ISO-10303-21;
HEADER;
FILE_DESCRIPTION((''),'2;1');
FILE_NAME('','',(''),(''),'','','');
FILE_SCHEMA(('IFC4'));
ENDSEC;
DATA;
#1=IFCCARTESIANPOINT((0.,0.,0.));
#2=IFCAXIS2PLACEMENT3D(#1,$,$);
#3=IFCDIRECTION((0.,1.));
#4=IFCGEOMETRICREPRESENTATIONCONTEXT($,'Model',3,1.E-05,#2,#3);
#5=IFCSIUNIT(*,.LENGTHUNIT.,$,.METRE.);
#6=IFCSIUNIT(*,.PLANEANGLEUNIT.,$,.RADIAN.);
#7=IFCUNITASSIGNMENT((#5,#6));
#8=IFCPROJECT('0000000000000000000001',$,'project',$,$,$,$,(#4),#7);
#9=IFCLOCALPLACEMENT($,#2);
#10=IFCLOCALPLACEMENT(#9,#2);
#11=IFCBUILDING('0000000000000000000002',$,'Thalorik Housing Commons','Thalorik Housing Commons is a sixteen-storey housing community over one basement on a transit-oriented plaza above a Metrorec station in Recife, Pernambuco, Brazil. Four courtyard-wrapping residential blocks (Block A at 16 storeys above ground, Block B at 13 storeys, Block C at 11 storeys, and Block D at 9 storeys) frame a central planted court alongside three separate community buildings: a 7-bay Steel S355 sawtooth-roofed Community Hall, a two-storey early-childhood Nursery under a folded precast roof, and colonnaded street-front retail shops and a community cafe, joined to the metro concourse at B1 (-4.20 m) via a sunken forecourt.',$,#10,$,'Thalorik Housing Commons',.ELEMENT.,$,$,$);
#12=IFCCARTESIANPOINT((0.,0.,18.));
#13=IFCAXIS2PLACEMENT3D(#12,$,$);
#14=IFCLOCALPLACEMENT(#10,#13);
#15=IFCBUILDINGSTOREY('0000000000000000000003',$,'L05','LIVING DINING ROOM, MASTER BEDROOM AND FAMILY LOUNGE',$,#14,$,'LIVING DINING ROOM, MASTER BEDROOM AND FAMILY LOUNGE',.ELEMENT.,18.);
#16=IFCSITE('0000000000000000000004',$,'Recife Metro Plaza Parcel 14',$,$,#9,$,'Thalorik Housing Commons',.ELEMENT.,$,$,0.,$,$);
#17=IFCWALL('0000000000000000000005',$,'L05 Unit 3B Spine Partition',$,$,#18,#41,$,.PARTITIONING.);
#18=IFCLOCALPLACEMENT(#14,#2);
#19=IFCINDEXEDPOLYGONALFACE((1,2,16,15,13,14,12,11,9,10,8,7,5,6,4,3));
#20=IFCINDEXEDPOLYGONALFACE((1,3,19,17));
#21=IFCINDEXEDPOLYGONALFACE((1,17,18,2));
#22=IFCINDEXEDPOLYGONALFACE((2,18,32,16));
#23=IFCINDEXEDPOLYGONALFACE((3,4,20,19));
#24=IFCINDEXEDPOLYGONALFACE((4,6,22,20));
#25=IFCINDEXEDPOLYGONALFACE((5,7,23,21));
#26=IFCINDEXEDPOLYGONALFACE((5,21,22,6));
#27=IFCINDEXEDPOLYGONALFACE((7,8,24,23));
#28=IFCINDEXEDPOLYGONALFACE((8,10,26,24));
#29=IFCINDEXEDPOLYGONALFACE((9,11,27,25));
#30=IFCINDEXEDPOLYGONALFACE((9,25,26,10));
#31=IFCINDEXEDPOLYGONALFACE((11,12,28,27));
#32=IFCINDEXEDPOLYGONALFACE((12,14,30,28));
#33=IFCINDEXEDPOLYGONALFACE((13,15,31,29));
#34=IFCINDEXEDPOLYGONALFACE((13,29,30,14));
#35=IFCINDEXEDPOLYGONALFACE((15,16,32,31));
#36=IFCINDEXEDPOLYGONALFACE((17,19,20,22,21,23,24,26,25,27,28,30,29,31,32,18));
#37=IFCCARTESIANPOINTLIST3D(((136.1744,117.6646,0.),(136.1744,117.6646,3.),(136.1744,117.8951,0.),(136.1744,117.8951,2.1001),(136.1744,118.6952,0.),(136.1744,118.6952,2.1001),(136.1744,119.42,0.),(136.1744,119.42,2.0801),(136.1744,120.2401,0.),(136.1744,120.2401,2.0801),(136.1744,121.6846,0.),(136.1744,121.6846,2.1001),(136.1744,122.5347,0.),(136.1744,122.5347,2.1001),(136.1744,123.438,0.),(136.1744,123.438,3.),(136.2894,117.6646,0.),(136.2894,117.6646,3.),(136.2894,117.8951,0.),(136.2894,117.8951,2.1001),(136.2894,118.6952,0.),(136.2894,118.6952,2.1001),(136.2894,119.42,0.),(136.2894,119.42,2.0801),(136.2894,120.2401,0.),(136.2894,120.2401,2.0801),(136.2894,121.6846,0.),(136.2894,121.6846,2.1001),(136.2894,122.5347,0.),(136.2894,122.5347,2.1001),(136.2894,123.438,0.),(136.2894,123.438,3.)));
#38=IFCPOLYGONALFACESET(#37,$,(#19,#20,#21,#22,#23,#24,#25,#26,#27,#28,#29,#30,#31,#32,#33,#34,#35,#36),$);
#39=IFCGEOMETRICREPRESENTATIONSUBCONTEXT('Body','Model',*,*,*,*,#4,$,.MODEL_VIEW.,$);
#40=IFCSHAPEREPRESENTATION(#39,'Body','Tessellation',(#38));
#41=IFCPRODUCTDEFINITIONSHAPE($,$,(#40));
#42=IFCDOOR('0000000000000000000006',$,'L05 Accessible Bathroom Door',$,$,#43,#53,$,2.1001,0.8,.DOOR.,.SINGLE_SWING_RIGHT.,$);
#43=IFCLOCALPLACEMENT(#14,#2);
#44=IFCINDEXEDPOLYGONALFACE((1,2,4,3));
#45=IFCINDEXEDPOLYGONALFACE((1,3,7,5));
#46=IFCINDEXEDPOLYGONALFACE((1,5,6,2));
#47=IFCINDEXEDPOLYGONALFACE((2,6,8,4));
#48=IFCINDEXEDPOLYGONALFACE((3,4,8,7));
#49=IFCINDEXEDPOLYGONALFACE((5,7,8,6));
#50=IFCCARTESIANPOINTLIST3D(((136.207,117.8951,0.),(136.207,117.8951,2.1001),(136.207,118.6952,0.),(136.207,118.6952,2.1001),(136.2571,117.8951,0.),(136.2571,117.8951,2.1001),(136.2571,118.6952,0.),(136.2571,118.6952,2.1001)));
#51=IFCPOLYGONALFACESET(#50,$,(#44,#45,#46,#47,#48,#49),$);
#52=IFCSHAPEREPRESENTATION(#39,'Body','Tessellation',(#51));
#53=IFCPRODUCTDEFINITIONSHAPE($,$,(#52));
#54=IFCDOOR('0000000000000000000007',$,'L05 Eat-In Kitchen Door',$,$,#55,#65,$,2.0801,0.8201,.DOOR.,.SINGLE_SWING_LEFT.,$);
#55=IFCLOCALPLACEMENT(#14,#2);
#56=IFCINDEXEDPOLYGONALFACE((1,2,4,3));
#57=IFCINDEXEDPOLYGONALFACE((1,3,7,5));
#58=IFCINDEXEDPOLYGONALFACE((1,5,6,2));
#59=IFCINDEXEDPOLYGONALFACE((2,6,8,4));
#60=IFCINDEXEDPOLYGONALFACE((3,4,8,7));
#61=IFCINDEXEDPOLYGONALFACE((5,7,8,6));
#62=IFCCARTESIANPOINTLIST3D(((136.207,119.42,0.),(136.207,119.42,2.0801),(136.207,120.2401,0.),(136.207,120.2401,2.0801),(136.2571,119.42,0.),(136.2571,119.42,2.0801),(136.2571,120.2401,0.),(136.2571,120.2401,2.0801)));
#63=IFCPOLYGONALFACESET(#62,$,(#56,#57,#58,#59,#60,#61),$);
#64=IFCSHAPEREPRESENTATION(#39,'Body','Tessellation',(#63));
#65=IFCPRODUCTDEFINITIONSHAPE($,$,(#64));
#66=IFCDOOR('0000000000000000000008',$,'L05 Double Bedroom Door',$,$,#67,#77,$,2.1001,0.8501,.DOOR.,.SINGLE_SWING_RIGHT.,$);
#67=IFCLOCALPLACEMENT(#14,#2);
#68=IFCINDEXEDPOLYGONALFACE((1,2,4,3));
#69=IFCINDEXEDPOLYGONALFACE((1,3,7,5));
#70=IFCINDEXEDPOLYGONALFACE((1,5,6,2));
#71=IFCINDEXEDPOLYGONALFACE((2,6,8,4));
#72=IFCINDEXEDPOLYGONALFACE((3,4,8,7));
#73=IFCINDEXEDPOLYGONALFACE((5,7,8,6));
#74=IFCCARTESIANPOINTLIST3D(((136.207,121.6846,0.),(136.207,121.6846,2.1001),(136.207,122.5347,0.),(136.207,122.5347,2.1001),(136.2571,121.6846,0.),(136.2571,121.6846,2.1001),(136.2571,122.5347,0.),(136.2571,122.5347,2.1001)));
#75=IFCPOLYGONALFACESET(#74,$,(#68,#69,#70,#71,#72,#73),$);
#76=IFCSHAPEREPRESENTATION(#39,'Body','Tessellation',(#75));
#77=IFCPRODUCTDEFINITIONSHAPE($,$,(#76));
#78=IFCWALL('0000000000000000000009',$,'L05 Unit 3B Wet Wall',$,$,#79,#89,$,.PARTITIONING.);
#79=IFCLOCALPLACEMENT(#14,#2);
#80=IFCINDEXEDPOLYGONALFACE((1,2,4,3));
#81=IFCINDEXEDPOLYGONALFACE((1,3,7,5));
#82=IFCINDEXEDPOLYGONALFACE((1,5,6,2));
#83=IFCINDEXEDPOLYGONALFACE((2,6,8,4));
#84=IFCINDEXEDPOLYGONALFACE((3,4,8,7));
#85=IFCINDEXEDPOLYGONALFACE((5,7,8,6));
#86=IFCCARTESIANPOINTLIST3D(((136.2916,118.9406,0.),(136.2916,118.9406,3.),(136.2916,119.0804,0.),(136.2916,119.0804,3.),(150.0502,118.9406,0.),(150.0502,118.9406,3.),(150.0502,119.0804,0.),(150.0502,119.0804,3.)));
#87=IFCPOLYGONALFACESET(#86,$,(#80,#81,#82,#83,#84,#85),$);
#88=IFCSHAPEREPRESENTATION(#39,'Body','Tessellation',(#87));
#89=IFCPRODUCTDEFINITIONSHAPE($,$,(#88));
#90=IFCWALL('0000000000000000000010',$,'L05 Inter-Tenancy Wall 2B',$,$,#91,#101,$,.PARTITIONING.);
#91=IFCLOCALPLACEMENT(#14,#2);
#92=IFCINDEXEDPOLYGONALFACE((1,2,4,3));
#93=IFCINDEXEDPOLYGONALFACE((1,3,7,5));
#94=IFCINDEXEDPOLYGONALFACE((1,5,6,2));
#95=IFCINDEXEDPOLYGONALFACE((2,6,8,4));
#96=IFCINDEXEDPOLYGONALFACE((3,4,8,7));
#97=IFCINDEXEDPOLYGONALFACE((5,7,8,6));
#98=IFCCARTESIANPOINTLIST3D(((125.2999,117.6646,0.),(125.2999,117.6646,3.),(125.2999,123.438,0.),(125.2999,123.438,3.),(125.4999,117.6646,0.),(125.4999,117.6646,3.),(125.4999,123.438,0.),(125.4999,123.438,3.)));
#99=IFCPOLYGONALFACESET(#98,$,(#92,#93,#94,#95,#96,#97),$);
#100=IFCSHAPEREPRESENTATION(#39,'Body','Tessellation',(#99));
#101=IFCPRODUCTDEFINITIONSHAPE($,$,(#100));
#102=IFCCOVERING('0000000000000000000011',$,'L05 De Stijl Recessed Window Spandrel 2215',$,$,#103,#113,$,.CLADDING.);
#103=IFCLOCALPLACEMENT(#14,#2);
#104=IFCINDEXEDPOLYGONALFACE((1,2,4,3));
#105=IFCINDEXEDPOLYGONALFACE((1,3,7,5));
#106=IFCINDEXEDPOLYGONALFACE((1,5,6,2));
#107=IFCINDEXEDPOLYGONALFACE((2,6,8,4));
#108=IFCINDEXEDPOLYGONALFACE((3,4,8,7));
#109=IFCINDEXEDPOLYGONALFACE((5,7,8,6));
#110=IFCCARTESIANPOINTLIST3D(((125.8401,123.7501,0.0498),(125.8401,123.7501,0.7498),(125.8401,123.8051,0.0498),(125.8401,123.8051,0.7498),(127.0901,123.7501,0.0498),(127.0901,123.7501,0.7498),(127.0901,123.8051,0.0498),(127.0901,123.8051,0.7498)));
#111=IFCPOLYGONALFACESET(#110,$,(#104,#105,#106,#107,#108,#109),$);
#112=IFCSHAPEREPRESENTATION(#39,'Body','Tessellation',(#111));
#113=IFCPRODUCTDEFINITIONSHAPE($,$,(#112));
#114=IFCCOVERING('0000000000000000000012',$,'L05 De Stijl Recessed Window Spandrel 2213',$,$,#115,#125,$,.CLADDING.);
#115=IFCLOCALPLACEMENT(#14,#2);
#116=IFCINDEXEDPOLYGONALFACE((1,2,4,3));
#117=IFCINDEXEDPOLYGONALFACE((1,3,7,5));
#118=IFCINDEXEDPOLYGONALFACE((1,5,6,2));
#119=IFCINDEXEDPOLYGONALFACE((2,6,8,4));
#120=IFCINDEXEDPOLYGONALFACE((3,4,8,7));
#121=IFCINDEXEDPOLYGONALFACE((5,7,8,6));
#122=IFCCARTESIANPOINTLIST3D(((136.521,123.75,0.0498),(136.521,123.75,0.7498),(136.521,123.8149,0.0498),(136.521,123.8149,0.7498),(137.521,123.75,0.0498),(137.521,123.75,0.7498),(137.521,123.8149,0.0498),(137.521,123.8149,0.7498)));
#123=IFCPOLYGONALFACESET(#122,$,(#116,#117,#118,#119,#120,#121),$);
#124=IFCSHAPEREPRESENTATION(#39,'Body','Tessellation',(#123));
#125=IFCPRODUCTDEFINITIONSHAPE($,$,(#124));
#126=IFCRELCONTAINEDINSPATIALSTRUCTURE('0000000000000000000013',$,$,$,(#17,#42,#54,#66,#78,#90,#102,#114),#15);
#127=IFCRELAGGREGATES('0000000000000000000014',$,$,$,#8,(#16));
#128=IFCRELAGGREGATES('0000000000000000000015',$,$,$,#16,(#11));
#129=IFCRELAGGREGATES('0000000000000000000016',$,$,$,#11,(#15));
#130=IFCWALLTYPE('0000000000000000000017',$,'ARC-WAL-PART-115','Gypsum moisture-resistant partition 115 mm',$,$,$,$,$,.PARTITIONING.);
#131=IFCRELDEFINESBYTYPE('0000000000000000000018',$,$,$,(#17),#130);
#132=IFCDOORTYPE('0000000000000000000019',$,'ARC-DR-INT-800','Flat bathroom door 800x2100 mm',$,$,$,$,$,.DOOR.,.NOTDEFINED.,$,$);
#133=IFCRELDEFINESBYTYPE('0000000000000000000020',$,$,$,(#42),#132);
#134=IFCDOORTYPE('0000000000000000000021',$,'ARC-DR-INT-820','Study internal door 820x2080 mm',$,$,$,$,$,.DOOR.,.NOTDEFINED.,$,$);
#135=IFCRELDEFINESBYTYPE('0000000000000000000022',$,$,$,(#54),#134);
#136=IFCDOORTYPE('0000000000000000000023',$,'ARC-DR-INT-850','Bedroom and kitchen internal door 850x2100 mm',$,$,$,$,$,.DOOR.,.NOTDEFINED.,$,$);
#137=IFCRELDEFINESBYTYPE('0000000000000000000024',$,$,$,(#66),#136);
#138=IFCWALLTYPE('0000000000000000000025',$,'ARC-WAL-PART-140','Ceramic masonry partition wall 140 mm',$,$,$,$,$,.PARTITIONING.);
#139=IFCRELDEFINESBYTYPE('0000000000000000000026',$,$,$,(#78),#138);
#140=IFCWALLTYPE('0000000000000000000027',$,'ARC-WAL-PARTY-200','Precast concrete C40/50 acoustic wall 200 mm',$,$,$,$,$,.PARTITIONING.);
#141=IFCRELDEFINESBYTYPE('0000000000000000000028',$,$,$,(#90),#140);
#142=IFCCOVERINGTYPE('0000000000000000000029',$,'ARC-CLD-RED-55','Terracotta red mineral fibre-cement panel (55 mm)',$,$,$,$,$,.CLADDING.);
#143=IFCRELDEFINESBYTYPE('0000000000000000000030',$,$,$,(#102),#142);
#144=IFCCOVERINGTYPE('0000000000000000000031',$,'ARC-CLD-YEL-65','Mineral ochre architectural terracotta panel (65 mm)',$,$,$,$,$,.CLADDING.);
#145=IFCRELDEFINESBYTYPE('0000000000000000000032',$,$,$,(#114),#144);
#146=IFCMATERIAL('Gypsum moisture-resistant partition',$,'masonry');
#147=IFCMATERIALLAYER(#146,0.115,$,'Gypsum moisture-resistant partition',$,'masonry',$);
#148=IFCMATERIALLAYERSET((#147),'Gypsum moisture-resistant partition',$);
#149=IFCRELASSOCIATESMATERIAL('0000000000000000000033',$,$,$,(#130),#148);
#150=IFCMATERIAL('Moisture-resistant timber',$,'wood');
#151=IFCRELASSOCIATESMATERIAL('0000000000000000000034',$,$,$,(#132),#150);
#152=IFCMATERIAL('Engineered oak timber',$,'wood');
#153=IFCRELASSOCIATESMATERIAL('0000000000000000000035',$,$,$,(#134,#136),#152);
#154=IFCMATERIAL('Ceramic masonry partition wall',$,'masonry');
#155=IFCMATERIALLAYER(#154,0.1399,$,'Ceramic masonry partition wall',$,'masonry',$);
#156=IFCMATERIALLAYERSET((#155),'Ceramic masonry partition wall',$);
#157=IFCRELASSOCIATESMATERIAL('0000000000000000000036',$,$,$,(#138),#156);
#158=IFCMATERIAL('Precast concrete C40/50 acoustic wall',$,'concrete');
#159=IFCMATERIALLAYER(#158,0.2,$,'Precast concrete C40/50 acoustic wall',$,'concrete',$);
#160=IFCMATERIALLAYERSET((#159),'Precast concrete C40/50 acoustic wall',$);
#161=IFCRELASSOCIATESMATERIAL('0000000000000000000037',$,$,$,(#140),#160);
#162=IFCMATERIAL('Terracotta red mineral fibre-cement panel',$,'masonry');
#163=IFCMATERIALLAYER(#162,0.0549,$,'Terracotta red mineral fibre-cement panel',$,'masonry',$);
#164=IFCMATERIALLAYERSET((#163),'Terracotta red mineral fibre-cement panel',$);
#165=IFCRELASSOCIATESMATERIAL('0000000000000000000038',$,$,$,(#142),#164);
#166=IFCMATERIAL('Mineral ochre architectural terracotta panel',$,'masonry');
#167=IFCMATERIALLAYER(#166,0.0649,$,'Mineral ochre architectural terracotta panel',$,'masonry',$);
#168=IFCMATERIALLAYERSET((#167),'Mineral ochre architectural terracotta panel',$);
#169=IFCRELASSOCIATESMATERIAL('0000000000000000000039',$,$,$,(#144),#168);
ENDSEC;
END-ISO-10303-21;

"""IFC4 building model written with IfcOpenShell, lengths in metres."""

from ifc_helpers import new_model, si_unit, direction, frame, frame_2d, origin, origin_2d, place, context, subcontext, project, spatial, rectangle, extrude, material, layer, layer_set, type_object, element, fill, save


model = new_model("IFC4")

# Units and contexts
model_context = context("Model", 3, precision=1e-05, world=origin(), true_north=direction((0.0, 1.0)))
body_context = subcontext(model_context, "Body", "Model", "MODEL_VIEW")
ifc_project = project(units=[si_unit("LENGTHUNIT", "METRE"), si_unit("PLANEANGLEUNIT", "RADIAN")], contexts=[model_context])

# Site, building, storey
site_placement = place(None, origin())
site = spatial("IfcSite", under=ifc_project, at=site_placement, Name="Recife Metro Plaza Parcel 14", LongName="Thalorik Housing Commons", CompositionType="ELEMENT", RefElevation=0.0)
building_placement = place(site_placement, origin())
building = spatial("IfcBuilding", under=site, at=building_placement, Name="Thalorik Housing Commons", Description="Thalorik Housing Commons is a sixteen-storey housing community over one basement on a transit-oriented plaza above a Metrorec station in Recife, Pernambuco, Brazil. Four courtyard-wrapping residential blocks (Block A at 16 storeys above ground, Block B at 13 storeys, Block C at 11 storeys, and Block D at 9 storeys) frame a central planted court alongside three separate community buildings: a 7-bay Steel S355 sawtooth-roofed Community Hall, a two-storey early-childhood Nursery under a folded precast roof, and colonnaded street-front retail shops and a community cafe, joined to the metro concourse at B1 (-4.20 m) via a sunken forecourt.", LongName="Thalorik Housing Commons", CompositionType="ELEMENT")
storey_placement = place(building_placement, frame((0.0, 0.0, 18.0)))
storey = spatial("IfcBuildingStorey", under=building, at=storey_placement, Name="L05", Description="LIVING DINING ROOM, MASTER BEDROOM AND FAMILY LOUNGE", LongName="LIVING DINING ROOM, MASTER BEDROOM AND FAMILY LOUNGE", CompositionType="ELEMENT", Elevation=18.0)

# Wall, openings, doors
ifc_material_1 = material(Name="Gypsum moisture-resistant partition", Category="masonry")
ifc_layer_1 = layer(ifc_material_1, 0.115, Name="Gypsum moisture-resistant partition", Category="masonry")
ifc_layer_set_1 = layer_set([ifc_layer_1], Name="Gypsum moisture-resistant partition")
wall_type_1 = type_object("IfcWallType", Name="ARC-WAL-PART-115", Description="Gypsum moisture-resistant partition 115 mm", PredefinedType="PARTITIONING", material=ifc_layer_set_1)
wall_1_placement = place(storey_placement, frame((136.2319, 117.6646, 0.0), z_axis=(0.0, 0.0, 1.0), x_axis=(0.0, 1.0, 0.0)))
wall_1 = element("IfcWall", 1, at=wall_1_placement, inside=storey, type_object=wall_type_1, Name="L05 Unit 3B Spine Partition", PredefinedType="PARTITIONING", context=body_context, shape_type="SweptSolid", body=[
    extrude(rectangle(XDim=5.7734, YDim=0.115, at=frame_2d((2.8867, 0.0))), origin(), (0.0, 0.0, 1.0), 3.0),
])
opening_1_placement = place(wall_1_placement, frame((0.2307, 0.0, 0.0)))
opening_1 = element("IfcOpeningElement", 2, at=opening_1_placement, cuts=wall_1, PredefinedType="OPENING", context=body_context, shape_type="SweptSolid", body=[
    extrude(rectangle(XDim=0.8, YDim=2.1001, at=frame_2d((0.3999, 1.05))), frame((0.0, 0.0674, 0.0), z_axis=(0.0, -1.0, 0.0), x_axis=(1.0, 0.0, 0.0)), (0.0, 0.0, 1.0), 0.135),
])
opening_2_placement = place(wall_1_placement, frame((1.7554, 0.0, 0.0)))
opening_2 = element("IfcOpeningElement", 3, at=opening_2_placement, cuts=wall_1, PredefinedType="OPENING", context=body_context, shape_type="SweptSolid", body=[
    extrude(rectangle(XDim=0.8201, YDim=2.0801, at=frame_2d((0.4102, 1.04))), frame((0.0, 0.0674, 0.0), z_axis=(0.0, -1.0, 0.0), x_axis=(1.0, 0.0, 0.0)), (0.0, 0.0, 1.0), 0.135),
])
opening_3_placement = place(wall_1_placement, frame((4.02, 0.0, 0.0)))
opening_3 = element("IfcOpeningElement", 4, at=opening_3_placement, cuts=wall_1, PredefinedType="OPENING", context=body_context, shape_type="SweptSolid", body=[
    extrude(rectangle(XDim=0.8501, YDim=2.1001, at=frame_2d((0.425, 1.05))), frame((0.0, 0.0674, 0.0), z_axis=(0.0, -1.0, 0.0), x_axis=(1.0, 0.0, 0.0)), (0.0, 0.0, 1.0), 0.135),
])
ifc_material_2 = material(Name="Moisture-resistant timber", Category="wood")
door_type_1 = type_object("IfcDoorType", Name="ARC-DR-INT-800", Description="Flat bathroom door 800x2100 mm", OperationType="NOTDEFINED", PredefinedType="DOOR", material=ifc_material_2)
door_1_placement = place(opening_1_placement, origin())
door_1 = element("IfcDoor", 5, at=door_1_placement, inside=storey, type_object=door_type_1, Name="L05 Accessible Bathroom Door", OperationType="SINGLE_SWING_RIGHT", OverallHeight=2.1001, OverallWidth=0.8, PredefinedType="DOOR", context=body_context, shape_type="SweptSolid", body=[
    extrude(rectangle(XDim=0.8, YDim=2.1001, at=frame_2d((0.3999, 1.05))), frame((0.0, 0.0249, 0.0), z_axis=(0.0, -1.0, 0.0), x_axis=(1.0, 0.0, 0.0)), (0.0, 0.0, 1.0), 0.05),
])
fill(opening_1, door_1)
ifc_material_3 = material(Name="Engineered oak timber", Category="wood")
door_type_2 = type_object("IfcDoorType", Name="ARC-DR-INT-820", Description="Study internal door 820x2080 mm", OperationType="NOTDEFINED", PredefinedType="DOOR", material=ifc_material_3)
door_2_placement = place(opening_2_placement, origin())
door_2 = element("IfcDoor", 6, at=door_2_placement, inside=storey, type_object=door_type_2, Name="L05 Eat-In Kitchen Door", OperationType="SINGLE_SWING_LEFT", OverallHeight=2.0801, OverallWidth=0.8201, PredefinedType="DOOR", context=body_context, shape_type="SweptSolid", body=[
    extrude(rectangle(XDim=0.8201, YDim=2.0801, at=frame_2d((0.4102, 1.04))), frame((0.0, 0.0249, 0.0), z_axis=(0.0, -1.0, 0.0), x_axis=(1.0, 0.0, 0.0)), (0.0, 0.0, 1.0), 0.05),
])
fill(opening_2, door_2)
door_type_3 = type_object("IfcDoorType", Name="ARC-DR-INT-850", Description="Bedroom and kitchen internal door 850x2100 mm", OperationType="NOTDEFINED", PredefinedType="DOOR", material=ifc_material_3)
door_3_placement = place(opening_3_placement, origin())
door_3 = element("IfcDoor", 7, at=door_3_placement, inside=storey, type_object=door_type_3, Name="L05 Double Bedroom Door", OperationType="SINGLE_SWING_RIGHT", OverallHeight=2.1001, OverallWidth=0.8501, PredefinedType="DOOR", context=body_context, shape_type="SweptSolid", body=[
    extrude(rectangle(XDim=0.8501, YDim=2.1001, at=frame_2d((0.425, 1.05))), frame((0.0, 0.0249, 0.0), z_axis=(0.0, -1.0, 0.0), x_axis=(1.0, 0.0, 0.0)), (0.0, 0.0, 1.0), 0.05),
])
fill(opening_3, door_3)

# Walls
ifc_material_4 = material(Name="Ceramic masonry partition wall", Category="masonry")
ifc_layer_2 = layer(ifc_material_4, 0.1399, Name="Ceramic masonry partition wall", Category="masonry")
ifc_layer_set_2 = layer_set([ifc_layer_2], Name="Ceramic masonry partition wall")
wall_type_2 = type_object("IfcWallType", Name="ARC-WAL-PART-140", Description="Ceramic masonry partition wall 140 mm", PredefinedType="PARTITIONING", material=ifc_layer_set_2)
wall_2_placement = place(storey_placement, frame((136.2915, 119.0105, 0.0), z_axis=(0.0, 0.0, 1.0), x_axis=(1.0, 0.0, 0.0)))
element("IfcWall", 8, at=wall_2_placement, inside=storey, type_object=wall_type_2, Name="L05 Unit 3B Wet Wall", PredefinedType="PARTITIONING", context=body_context, shape_type="SweptSolid", body=[
    extrude(rectangle(XDim=13.7585, YDim=0.1399, at=frame_2d((6.8794, 0.0))), origin(), (0.0, 0.0, 1.0), 3.0),
])
ifc_material_5 = material(Name="Precast concrete C40/50 acoustic wall", Category="concrete")
ifc_layer_3 = layer(ifc_material_5, 0.2, Name="Precast concrete C40/50 acoustic wall", Category="concrete")
ifc_layer_set_3 = layer_set([ifc_layer_3], Name="Precast concrete C40/50 acoustic wall")
wall_type_3 = type_object("IfcWallType", Name="ARC-WAL-PARTY-200", Description="Precast concrete C40/50 acoustic wall 200 mm", PredefinedType="PARTITIONING", material=ifc_layer_set_3)
wall_3_placement = place(storey_placement, frame((125.3999, 117.6646, 0.0), z_axis=(0.0, 0.0, 1.0), x_axis=(0.0, 1.0, 0.0)))
element("IfcWall", 9, at=wall_3_placement, inside=storey, type_object=wall_type_3, Name="L05 Inter-Tenancy Wall 2B", PredefinedType="PARTITIONING", context=body_context, shape_type="SweptSolid", body=[
    extrude(rectangle(XDim=5.7734, YDim=0.2, at=frame_2d((2.8867, 0.0))), origin(), (0.0, 0.0, 1.0), 3.0),
])

# Coverings
ifc_material_6 = material(Name="Terracotta red mineral fibre-cement panel", Category="masonry")
ifc_layer_4 = layer(ifc_material_6, 0.0549, Name="Terracotta red mineral fibre-cement panel", Category="masonry")
ifc_layer_set_4 = layer_set([ifc_layer_4], Name="Terracotta red mineral fibre-cement panel")
covering_type_1 = type_object("IfcCoveringType", Name="ARC-CLD-RED-55", Description="Terracotta red mineral fibre-cement panel (55 mm)", PredefinedType="CLADDING", material=ifc_layer_set_4)
covering_1_placement = place(storey_placement, frame((126.4651, 123.7776, 0.0498), z_axis=(0.0, 0.0, 1.0), x_axis=(-1.0, 0.0, 0.0)))
element("IfcCovering", 10, at=covering_1_placement, inside=storey, type_object=covering_type_1, Name="L05 De Stijl Recessed Window Spandrel 2215", PredefinedType="CLADDING", context=body_context, shape_type="SweptSolid", body=[
    extrude(rectangle(XDim=1.25, YDim=0.0549, at=origin_2d()), origin(), (0.0, 0.0, 1.0), 0.7),
])
ifc_material_7 = material(Name="Mineral ochre architectural terracotta panel", Category="masonry")
ifc_layer_5 = layer(ifc_material_7, 0.0649, Name="Mineral ochre architectural terracotta panel", Category="masonry")
ifc_layer_set_5 = layer_set([ifc_layer_5], Name="Mineral ochre architectural terracotta panel")
covering_type_2 = type_object("IfcCoveringType", Name="ARC-CLD-YEL-65", Description="Mineral ochre architectural terracotta panel (65 mm)", PredefinedType="CLADDING", material=ifc_layer_set_5)
covering_2_placement = place(storey_placement, frame((137.021, 123.7825, 0.0498), z_axis=(0.0, 0.0, 1.0), x_axis=(-1.0, 0.0, 0.0)))
element("IfcCovering", 11, at=covering_2_placement, inside=storey, type_object=covering_type_2, Name="L05 De Stijl Recessed Window Spandrel 2213", PredefinedType="CLADDING", context=body_context, shape_type="SweptSolid", body=[
    extrude(rectangle(XDim=1.0, YDim=0.0649, at=origin_2d()), origin(), (0.0, 0.0, 1.0), 0.7),
])

save(model, "model.ifc")
